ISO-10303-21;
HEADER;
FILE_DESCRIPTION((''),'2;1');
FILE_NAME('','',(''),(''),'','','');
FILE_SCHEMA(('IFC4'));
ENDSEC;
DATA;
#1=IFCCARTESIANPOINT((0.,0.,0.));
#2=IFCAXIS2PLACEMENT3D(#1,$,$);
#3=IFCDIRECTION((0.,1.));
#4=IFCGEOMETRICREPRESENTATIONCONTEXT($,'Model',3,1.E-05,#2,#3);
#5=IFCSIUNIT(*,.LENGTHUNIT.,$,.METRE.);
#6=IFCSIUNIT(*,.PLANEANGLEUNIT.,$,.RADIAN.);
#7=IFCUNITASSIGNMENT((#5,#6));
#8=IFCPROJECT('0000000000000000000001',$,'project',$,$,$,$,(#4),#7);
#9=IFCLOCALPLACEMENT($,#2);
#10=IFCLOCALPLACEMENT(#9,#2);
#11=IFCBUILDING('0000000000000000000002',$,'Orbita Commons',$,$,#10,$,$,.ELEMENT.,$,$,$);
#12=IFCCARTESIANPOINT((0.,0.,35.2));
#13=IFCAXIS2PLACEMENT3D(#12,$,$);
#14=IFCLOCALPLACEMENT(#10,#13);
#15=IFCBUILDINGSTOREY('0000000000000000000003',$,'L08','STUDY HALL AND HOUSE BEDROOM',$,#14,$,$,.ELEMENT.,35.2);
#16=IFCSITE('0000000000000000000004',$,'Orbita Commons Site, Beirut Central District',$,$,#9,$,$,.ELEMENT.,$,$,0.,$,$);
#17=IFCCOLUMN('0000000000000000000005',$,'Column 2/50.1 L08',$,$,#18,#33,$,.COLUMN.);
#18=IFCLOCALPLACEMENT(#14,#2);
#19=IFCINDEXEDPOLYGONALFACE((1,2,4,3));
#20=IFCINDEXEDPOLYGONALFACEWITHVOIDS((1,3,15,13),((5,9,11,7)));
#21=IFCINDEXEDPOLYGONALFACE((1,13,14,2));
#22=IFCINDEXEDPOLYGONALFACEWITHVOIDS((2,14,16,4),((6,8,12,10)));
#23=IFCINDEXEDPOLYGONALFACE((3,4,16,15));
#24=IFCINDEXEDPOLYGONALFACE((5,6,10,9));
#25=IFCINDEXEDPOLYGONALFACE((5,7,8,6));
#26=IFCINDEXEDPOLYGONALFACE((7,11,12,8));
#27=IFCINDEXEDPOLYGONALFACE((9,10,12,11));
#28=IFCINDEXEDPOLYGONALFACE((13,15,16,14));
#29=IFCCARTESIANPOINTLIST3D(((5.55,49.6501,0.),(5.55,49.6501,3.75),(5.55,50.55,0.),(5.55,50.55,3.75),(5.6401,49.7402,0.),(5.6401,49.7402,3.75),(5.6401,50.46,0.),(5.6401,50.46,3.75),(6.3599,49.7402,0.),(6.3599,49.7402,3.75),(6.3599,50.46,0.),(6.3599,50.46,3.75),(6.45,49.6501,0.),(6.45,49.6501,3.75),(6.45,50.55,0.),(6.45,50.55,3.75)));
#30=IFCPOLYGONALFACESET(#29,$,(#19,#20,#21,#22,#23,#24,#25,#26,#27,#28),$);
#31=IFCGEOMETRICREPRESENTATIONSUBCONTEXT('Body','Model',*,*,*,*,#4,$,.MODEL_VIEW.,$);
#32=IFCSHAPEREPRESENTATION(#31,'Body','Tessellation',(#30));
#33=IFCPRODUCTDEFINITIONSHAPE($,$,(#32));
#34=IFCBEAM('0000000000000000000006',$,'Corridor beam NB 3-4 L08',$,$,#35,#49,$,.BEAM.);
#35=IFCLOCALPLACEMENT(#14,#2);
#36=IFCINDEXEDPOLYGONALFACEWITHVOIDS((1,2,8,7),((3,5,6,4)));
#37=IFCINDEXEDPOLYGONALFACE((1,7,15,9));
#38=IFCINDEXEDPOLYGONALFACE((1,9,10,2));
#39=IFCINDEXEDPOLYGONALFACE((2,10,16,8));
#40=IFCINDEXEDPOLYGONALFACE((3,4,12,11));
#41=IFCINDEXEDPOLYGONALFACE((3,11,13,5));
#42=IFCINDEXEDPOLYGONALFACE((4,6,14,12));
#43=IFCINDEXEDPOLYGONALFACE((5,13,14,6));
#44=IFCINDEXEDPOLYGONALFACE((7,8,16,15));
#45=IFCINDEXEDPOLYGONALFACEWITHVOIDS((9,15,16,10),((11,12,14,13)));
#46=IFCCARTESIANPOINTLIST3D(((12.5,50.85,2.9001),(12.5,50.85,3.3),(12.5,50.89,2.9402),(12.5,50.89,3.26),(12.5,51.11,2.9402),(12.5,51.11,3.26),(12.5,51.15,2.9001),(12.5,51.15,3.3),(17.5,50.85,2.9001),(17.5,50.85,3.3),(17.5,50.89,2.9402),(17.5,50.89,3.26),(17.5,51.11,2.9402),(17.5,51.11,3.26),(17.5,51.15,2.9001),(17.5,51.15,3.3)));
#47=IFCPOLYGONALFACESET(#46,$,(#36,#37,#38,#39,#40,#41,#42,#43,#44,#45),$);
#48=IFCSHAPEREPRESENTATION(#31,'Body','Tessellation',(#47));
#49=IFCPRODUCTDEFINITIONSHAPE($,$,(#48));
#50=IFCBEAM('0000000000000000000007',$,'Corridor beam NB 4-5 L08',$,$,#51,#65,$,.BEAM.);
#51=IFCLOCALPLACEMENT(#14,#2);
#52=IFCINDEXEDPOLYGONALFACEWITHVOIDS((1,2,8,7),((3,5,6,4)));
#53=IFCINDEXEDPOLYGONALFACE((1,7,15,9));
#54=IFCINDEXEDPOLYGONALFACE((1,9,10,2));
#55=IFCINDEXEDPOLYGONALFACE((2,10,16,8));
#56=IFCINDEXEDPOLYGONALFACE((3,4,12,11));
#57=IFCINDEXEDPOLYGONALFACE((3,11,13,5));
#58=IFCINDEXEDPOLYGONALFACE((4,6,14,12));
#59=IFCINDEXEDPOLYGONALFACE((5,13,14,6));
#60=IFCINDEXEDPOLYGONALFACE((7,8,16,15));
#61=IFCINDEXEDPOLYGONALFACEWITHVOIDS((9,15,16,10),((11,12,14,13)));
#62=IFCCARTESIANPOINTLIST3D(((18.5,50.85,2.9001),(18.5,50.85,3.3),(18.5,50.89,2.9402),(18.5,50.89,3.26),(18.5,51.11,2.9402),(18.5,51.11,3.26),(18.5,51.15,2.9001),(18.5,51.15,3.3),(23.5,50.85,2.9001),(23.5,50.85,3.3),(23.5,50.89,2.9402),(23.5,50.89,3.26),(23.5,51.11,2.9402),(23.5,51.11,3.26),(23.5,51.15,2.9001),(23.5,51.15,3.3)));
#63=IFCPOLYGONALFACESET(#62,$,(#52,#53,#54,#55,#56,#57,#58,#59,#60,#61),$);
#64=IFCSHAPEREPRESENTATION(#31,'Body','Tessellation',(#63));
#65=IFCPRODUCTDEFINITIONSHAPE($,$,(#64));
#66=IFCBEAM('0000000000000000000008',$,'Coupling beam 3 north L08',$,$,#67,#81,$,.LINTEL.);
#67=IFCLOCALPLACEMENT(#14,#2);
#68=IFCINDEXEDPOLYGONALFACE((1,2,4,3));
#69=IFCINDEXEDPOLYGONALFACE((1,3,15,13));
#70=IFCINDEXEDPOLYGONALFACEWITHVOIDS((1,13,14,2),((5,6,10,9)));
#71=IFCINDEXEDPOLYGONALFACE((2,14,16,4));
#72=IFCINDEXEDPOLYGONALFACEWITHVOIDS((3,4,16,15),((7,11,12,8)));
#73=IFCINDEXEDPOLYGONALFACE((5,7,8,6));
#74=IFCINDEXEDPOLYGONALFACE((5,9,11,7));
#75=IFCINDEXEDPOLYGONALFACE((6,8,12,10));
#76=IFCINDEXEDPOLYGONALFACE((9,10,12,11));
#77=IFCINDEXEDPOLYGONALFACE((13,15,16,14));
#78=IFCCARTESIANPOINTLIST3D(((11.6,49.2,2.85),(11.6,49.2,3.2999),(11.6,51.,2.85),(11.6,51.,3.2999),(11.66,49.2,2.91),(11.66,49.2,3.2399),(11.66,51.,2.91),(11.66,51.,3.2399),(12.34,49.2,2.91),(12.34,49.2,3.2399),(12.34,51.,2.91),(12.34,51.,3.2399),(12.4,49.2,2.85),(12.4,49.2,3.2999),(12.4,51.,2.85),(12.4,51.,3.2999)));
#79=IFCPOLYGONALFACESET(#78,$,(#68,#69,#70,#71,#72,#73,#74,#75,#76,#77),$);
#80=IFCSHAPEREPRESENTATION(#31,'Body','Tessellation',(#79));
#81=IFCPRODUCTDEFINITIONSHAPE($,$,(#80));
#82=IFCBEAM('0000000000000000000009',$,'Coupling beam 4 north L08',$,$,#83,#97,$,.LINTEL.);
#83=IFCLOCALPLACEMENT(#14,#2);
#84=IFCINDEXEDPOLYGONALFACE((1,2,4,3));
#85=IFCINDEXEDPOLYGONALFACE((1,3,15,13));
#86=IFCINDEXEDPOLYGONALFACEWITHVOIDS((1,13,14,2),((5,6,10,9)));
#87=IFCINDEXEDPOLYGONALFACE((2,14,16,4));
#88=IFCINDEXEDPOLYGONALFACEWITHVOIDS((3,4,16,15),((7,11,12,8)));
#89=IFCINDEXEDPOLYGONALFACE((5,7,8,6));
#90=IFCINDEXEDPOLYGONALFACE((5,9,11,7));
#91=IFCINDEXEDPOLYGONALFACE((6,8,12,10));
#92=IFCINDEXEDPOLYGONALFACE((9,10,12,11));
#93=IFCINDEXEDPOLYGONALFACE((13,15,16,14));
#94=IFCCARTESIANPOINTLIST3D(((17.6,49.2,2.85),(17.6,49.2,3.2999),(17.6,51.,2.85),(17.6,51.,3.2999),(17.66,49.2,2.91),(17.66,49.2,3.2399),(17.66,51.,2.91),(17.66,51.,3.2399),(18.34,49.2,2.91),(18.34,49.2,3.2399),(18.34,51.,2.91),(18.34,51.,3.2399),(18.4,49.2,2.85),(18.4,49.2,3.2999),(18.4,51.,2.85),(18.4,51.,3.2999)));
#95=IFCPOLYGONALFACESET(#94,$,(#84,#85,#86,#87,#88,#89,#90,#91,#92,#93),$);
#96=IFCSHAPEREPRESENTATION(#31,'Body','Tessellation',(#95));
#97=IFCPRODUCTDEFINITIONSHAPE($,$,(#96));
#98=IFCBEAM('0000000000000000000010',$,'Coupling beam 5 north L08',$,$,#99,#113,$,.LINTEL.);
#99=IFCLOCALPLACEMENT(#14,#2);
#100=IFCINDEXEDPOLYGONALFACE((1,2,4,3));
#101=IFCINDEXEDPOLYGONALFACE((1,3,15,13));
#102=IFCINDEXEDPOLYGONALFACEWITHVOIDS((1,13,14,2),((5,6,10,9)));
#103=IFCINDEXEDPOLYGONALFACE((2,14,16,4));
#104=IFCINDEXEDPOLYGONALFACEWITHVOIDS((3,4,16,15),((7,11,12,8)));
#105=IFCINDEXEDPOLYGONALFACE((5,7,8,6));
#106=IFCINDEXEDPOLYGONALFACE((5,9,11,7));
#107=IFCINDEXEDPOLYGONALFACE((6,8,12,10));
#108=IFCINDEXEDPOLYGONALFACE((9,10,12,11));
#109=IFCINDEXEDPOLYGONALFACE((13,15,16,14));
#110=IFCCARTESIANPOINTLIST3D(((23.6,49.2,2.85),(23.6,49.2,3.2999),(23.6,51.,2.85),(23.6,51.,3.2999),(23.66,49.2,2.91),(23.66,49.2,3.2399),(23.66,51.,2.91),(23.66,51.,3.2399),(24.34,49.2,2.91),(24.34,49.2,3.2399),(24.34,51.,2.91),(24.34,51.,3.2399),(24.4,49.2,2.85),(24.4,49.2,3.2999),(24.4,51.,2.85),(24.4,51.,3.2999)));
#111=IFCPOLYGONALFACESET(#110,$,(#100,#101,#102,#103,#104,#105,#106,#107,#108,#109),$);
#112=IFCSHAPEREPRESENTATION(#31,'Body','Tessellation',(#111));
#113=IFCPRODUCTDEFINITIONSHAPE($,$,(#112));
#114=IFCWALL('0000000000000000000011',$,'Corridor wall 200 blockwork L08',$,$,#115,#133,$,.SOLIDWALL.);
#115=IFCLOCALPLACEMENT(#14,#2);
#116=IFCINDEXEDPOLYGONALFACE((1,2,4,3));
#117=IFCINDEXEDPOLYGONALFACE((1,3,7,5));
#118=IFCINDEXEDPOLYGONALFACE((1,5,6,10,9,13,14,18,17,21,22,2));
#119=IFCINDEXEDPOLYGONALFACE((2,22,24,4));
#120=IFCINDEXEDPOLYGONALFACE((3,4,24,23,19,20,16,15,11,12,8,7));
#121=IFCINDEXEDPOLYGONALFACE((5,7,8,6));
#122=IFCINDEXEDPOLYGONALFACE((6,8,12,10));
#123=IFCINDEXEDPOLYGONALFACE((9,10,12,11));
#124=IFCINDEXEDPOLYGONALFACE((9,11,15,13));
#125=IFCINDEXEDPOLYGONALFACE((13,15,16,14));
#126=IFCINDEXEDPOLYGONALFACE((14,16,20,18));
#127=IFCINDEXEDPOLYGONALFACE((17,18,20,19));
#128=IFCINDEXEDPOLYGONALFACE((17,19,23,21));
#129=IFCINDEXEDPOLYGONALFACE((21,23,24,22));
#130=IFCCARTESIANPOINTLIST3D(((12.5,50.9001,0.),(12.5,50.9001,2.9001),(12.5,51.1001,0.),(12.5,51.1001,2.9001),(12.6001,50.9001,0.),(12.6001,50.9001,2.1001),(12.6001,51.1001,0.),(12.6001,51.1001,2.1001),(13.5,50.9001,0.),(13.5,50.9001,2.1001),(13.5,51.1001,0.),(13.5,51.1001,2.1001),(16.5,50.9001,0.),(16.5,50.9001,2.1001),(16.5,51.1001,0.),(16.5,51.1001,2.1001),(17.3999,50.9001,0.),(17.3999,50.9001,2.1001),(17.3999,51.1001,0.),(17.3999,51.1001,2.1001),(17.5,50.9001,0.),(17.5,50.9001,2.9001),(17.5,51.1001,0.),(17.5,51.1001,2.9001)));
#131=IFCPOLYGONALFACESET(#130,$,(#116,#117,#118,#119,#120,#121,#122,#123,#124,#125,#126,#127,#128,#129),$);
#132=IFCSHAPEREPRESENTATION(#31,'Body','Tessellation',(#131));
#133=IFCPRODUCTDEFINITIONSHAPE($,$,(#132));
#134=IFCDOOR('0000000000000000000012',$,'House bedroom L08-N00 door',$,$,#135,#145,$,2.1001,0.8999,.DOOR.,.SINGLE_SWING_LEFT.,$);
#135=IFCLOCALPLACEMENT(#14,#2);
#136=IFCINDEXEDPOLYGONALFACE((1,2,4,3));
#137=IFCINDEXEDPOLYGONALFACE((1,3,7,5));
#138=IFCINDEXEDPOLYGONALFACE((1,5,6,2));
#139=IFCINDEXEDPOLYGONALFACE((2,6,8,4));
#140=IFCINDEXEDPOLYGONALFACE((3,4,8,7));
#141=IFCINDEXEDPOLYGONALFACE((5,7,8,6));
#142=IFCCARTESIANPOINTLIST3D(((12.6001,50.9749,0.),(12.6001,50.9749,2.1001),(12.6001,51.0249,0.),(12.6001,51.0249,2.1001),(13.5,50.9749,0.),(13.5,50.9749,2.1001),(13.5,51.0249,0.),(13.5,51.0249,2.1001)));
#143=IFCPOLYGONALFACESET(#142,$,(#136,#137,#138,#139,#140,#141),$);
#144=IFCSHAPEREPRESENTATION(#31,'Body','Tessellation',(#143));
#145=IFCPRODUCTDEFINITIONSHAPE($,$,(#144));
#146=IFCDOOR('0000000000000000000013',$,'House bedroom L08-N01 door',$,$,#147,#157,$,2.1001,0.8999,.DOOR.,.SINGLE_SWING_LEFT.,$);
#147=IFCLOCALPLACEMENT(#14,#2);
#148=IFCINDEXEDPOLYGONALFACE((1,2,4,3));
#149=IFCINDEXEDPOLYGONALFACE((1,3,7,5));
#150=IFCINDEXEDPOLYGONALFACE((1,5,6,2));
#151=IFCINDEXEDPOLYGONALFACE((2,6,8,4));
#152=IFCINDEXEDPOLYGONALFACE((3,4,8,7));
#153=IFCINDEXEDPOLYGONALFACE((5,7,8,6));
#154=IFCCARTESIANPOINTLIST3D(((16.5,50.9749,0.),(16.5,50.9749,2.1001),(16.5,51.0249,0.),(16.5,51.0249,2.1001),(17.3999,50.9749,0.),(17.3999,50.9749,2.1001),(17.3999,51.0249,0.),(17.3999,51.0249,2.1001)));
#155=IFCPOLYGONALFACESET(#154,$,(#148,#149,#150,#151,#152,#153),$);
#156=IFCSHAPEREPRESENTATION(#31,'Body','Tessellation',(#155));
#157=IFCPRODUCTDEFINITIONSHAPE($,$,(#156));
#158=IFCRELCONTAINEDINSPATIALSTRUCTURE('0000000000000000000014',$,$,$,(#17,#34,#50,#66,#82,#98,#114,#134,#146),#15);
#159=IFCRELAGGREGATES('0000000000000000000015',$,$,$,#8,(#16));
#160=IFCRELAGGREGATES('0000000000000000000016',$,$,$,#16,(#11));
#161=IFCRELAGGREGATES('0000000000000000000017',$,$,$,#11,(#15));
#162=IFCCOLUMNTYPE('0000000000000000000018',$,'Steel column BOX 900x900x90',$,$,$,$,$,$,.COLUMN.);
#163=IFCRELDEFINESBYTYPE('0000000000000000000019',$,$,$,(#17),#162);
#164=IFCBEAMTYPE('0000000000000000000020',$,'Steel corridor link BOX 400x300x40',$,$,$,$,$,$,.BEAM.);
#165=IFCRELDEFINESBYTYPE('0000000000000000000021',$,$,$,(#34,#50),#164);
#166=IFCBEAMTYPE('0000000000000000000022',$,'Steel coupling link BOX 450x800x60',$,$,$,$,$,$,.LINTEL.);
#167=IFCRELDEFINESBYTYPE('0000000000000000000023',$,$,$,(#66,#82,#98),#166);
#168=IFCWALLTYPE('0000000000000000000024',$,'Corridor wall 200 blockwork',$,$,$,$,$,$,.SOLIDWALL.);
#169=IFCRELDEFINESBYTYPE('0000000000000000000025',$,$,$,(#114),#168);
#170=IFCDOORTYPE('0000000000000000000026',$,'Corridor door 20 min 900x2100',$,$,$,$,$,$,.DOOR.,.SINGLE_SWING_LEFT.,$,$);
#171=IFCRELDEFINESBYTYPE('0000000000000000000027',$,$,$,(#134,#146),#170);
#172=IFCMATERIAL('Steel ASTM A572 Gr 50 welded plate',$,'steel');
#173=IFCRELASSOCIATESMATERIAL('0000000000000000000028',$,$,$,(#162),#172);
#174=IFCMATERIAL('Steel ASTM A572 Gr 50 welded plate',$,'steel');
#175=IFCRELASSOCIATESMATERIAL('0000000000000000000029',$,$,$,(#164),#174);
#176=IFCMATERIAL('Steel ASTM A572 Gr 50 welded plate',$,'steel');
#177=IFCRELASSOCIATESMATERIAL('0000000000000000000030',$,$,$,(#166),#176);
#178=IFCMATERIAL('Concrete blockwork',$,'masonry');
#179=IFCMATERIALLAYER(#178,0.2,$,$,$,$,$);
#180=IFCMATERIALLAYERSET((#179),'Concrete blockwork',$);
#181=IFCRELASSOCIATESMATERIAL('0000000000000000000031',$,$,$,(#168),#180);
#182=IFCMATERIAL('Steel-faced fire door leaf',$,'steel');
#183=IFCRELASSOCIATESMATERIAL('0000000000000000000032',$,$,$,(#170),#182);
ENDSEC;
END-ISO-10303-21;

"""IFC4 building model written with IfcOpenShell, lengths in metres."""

from ifc_helpers import new_model, si_unit, direction, frame, frame_2d, origin, origin_2d, place, context, subcontext, project, spatial, polyline, rectangle, hollow_rectangle, outline, extrude, material, layer, layer_set, material_profile, profile_set, type_object, element, fill, save


model = new_model("IFC4")

# Units and contexts
model_context = context("Model", 3, precision=1e-05, world=origin(), true_north=direction((0.0, 1.0)))
body_context = subcontext(model_context, "Body", "Model", "MODEL_VIEW")
ifc_project = project(units=[si_unit("LENGTHUNIT", "METRE"), si_unit("PLANEANGLEUNIT", "RADIAN")], contexts=[model_context])

# Site, building, storey
site_placement = place(None, origin())
site = spatial("IfcSite", under=ifc_project, at=site_placement, Name="Orbita Commons Site, Beirut Central District", CompositionType="ELEMENT", RefElevation=0.0)
building_placement = place(site_placement, origin())
building = spatial("IfcBuilding", under=site, at=building_placement, Name="Orbita Commons", CompositionType="ELEMENT")
storey_placement = place(building_placement, frame((0.0, 0.0, 35.2)))
storey = spatial("IfcBuildingStorey", under=building, at=storey_placement, Name="L08", Description="STUDY HALL AND HOUSE BEDROOM", CompositionType="ELEMENT", Elevation=35.2)

# Column
ifc_material_1 = material(Name="Steel ASTM A572 Gr 50 welded plate", Category="steel")
ifc_material_profile_1 = material_profile(ifc_material_1, hollow_rectangle(XDim=0.8999, YDim=0.8999, WallThickness=0.0901, at=origin_2d()), Name="BOX 900x900x90")
ifc_profile_set_1 = profile_set([ifc_material_profile_1], Name="Steel ASTM A572 Gr 50 welded plate")
column_type = type_object("IfcColumnType", Name="Steel column BOX 900x900x90", PredefinedType="COLUMN", material=ifc_profile_set_1)
column_placement = place(storey_placement, frame((6.0, 50.1001, 0.0), z_axis=(0.0, 0.0, 1.0), x_axis=(1.0, 0.0, 0.0)))
element("IfcColumn", 1, at=column_placement, inside=storey, type_object=column_type, Name="Column 2/50.1 L08", PredefinedType="COLUMN", context=body_context, shape_type="SweptSolid", body=[
    extrude(hollow_rectangle(XDim=0.8999, YDim=0.8999, WallThickness=0.0901, at=origin_2d()), origin(), (0.0, 0.0, 1.0), 3.75),
])

# Beams
ifc_material_2 = material(Name="Steel ASTM A572 Gr 50 welded plate", Category="steel")
ifc_material_profile_2 = material_profile(ifc_material_2, hollow_rectangle(XDim=0.3, YDim=0.3999, WallThickness=0.04, at=origin_2d()), Name="BOX 400x300x40")
ifc_profile_set_2 = profile_set([ifc_material_profile_2], Name="Steel ASTM A572 Gr 50 welded plate")
beam_type_1 = type_object("IfcBeamType", Name="Steel corridor link BOX 400x300x40", PredefinedType="BEAM", material=ifc_profile_set_2)
for number, where, z_axis, x_axis, name in (
    (2, (12.5, 51.0, 3.1001), (1.0, 0.0, 0.0), (0.0, 1.0, 0.0), "Corridor beam NB 3-4 L08"),
    (3, (18.5, 51.0, 3.1001), (1.0, 0.0, 0.0), (0.0, 1.0, 0.0), "Corridor beam NB 4-5 L08"),
):
    element("IfcBeam", number, at=place(storey_placement, frame(where, z_axis=z_axis, x_axis=x_axis)), inside=storey, type_object=beam_type_1, Name=name, PredefinedType="BEAM", context=body_context, shape_type="SweptSolid", body=[
        extrude(hollow_rectangle(XDim=0.3, YDim=0.3999, WallThickness=0.04, at=origin_2d()), origin(), (0.0, 0.0, 1.0), 5.0),
    ])
ifc_material_3 = material(Name="Steel ASTM A572 Gr 50 welded plate", Category="steel")
ifc_material_profile_3 = material_profile(ifc_material_3, hollow_rectangle(XDim=0.8, YDim=0.45, WallThickness=0.0601, at=origin_2d()), Name="BOX 450x800x60")
ifc_profile_set_3 = profile_set([ifc_material_profile_3], Name="Steel ASTM A572 Gr 50 welded plate")
beam_type_2 = type_object("IfcBeamType", Name="Steel coupling link BOX 450x800x60", PredefinedType="LINTEL", material=ifc_profile_set_3)
for number, where, z_axis, x_axis, name in (
    (4, (12.0, 49.2, 3.075), (0.0, 1.0, 0.0), (-1.0, 0.0, 0.0), "Coupling beam 3 north L08"),
    (5, (18.0, 49.2, 3.075), (0.0, 1.0, 0.0), (-1.0, 0.0, 0.0), "Coupling beam 4 north L08"),
    (6, (24.0, 49.2, 3.075), (0.0, 1.0, 0.0), (-1.0, 0.0, 0.0), "Coupling beam 5 north L08"),
):
    element("IfcBeam", number, at=place(storey_placement, frame(where, z_axis=z_axis, x_axis=x_axis)), inside=storey, type_object=beam_type_2, Name=name, PredefinedType="LINTEL", context=body_context, shape_type="SweptSolid", body=[
        extrude(hollow_rectangle(XDim=0.8, YDim=0.45, WallThickness=0.0601, at=origin_2d()), origin(), (0.0, 0.0, 1.0), 1.8),
    ])

# Wall, openings, doors
ifc_material_4 = material(Name="Concrete blockwork", Category="masonry")
ifc_layer_1 = layer(ifc_material_4, 0.2)
ifc_layer_set_1 = layer_set([ifc_layer_1], Name="Concrete blockwork")
wall_type_1 = type_object("IfcWallType", Name="Corridor wall 200 blockwork", PredefinedType="SOLIDWALL", material=ifc_layer_set_1)
wall_1_placement = place(storey_placement, frame((12.5, 51.0, 0.0), z_axis=(0.0, 0.0, 1.0), x_axis=(1.0, 0.0, 0.0)))
wall_1 = element("IfcWall", 7, at=wall_1_placement, inside=storey, type_object=wall_type_1, Name="Corridor wall 200 blockwork L08", PredefinedType="SOLIDWALL", context=body_context, shape_type="SweptSolid", body=[
    extrude(outline(polyline([(0.0, 0.0), (5.0, 0.0), (5.0, 2.9001), (0.0, 2.9001), (0.0, 0.0)])), frame((0.0, 0.1001, 0.0), z_axis=(0.0, -1.0, 0.0), x_axis=(1.0, 0.0, 0.0)), (0.0, 0.0, 1.0), 0.2),
])
opening_1_placement = place(wall_1_placement, frame((0.1001, 0.0, 0.0)))
opening_1 = element("IfcOpeningElement", 8, at=opening_1_placement, cuts=wall_1, PredefinedType="OPENING", context=body_context, shape_type="SweptSolid", body=[
    extrude(rectangle(XDim=0.8999, YDim=2.1001, at=frame_2d((0.45, 1.05))), frame((0.0, 0.1099, 0.0), z_axis=(0.0, -1.0, 0.0), x_axis=(1.0, 0.0, 0.0)), (0.0, 0.0, 1.0), 0.22),
])
opening_2_placement = place(wall_1_placement, frame((4.0, 0.0, 0.0)))
opening_2 = element("IfcOpeningElement", 9, at=opening_2_placement, cuts=wall_1, PredefinedType="OPENING", context=body_context, shape_type="SweptSolid", body=[
    extrude(rectangle(XDim=0.8999, YDim=2.1001, at=frame_2d((0.45, 1.05))), frame((0.0, 0.1099, 0.0), z_axis=(0.0, -1.0, 0.0), x_axis=(1.0, 0.0, 0.0)), (0.0, 0.0, 1.0), 0.22),
])
ifc_material_5 = material(Name="Steel-faced fire door leaf", Category="steel")
door_type_1 = type_object("IfcDoorType", Name="Corridor door 20 min 900x2100", OperationType="SINGLE_SWING_LEFT", PredefinedType="DOOR", material=ifc_material_5)
door_1_placement = place(opening_1_placement, origin())
door_1 = element("IfcDoor", 10, at=door_1_placement, inside=storey, type_object=door_type_1, Name="House bedroom L08-N00 door", OperationType="SINGLE_SWING_LEFT", OverallHeight=2.1001, OverallWidth=0.8999, PredefinedType="DOOR", context=body_context, shape_type="SweptSolid", body=[
    extrude(rectangle(XDim=0.8999, YDim=2.1001, at=frame_2d((0.45, 1.05))), frame((0.0, 0.0249, 0.0), z_axis=(0.0, -1.0, 0.0), x_axis=(1.0, 0.0, 0.0)), (0.0, 0.0, 1.0), 0.05),
])
fill(opening_1, door_1)
door_2_placement = place(opening_2_placement, origin())
door_2 = element("IfcDoor", 11, at=door_2_placement, inside=storey, type_object=door_type_1, Name="House bedroom L08-N01 door", OperationType="SINGLE_SWING_LEFT", OverallHeight=2.1001, OverallWidth=0.8999, PredefinedType="DOOR", context=body_context, shape_type="SweptSolid", body=[
    extrude(rectangle(XDim=0.8999, YDim=2.1001, at=frame_2d((0.45, 1.05))), frame((0.0, 0.0249, 0.0), z_axis=(0.0, -1.0, 0.0), x_axis=(1.0, 0.0, 0.0)), (0.0, 0.0, 1.0), 0.05),
])
fill(opening_2, door_2)

save(model, "model.ifc")
